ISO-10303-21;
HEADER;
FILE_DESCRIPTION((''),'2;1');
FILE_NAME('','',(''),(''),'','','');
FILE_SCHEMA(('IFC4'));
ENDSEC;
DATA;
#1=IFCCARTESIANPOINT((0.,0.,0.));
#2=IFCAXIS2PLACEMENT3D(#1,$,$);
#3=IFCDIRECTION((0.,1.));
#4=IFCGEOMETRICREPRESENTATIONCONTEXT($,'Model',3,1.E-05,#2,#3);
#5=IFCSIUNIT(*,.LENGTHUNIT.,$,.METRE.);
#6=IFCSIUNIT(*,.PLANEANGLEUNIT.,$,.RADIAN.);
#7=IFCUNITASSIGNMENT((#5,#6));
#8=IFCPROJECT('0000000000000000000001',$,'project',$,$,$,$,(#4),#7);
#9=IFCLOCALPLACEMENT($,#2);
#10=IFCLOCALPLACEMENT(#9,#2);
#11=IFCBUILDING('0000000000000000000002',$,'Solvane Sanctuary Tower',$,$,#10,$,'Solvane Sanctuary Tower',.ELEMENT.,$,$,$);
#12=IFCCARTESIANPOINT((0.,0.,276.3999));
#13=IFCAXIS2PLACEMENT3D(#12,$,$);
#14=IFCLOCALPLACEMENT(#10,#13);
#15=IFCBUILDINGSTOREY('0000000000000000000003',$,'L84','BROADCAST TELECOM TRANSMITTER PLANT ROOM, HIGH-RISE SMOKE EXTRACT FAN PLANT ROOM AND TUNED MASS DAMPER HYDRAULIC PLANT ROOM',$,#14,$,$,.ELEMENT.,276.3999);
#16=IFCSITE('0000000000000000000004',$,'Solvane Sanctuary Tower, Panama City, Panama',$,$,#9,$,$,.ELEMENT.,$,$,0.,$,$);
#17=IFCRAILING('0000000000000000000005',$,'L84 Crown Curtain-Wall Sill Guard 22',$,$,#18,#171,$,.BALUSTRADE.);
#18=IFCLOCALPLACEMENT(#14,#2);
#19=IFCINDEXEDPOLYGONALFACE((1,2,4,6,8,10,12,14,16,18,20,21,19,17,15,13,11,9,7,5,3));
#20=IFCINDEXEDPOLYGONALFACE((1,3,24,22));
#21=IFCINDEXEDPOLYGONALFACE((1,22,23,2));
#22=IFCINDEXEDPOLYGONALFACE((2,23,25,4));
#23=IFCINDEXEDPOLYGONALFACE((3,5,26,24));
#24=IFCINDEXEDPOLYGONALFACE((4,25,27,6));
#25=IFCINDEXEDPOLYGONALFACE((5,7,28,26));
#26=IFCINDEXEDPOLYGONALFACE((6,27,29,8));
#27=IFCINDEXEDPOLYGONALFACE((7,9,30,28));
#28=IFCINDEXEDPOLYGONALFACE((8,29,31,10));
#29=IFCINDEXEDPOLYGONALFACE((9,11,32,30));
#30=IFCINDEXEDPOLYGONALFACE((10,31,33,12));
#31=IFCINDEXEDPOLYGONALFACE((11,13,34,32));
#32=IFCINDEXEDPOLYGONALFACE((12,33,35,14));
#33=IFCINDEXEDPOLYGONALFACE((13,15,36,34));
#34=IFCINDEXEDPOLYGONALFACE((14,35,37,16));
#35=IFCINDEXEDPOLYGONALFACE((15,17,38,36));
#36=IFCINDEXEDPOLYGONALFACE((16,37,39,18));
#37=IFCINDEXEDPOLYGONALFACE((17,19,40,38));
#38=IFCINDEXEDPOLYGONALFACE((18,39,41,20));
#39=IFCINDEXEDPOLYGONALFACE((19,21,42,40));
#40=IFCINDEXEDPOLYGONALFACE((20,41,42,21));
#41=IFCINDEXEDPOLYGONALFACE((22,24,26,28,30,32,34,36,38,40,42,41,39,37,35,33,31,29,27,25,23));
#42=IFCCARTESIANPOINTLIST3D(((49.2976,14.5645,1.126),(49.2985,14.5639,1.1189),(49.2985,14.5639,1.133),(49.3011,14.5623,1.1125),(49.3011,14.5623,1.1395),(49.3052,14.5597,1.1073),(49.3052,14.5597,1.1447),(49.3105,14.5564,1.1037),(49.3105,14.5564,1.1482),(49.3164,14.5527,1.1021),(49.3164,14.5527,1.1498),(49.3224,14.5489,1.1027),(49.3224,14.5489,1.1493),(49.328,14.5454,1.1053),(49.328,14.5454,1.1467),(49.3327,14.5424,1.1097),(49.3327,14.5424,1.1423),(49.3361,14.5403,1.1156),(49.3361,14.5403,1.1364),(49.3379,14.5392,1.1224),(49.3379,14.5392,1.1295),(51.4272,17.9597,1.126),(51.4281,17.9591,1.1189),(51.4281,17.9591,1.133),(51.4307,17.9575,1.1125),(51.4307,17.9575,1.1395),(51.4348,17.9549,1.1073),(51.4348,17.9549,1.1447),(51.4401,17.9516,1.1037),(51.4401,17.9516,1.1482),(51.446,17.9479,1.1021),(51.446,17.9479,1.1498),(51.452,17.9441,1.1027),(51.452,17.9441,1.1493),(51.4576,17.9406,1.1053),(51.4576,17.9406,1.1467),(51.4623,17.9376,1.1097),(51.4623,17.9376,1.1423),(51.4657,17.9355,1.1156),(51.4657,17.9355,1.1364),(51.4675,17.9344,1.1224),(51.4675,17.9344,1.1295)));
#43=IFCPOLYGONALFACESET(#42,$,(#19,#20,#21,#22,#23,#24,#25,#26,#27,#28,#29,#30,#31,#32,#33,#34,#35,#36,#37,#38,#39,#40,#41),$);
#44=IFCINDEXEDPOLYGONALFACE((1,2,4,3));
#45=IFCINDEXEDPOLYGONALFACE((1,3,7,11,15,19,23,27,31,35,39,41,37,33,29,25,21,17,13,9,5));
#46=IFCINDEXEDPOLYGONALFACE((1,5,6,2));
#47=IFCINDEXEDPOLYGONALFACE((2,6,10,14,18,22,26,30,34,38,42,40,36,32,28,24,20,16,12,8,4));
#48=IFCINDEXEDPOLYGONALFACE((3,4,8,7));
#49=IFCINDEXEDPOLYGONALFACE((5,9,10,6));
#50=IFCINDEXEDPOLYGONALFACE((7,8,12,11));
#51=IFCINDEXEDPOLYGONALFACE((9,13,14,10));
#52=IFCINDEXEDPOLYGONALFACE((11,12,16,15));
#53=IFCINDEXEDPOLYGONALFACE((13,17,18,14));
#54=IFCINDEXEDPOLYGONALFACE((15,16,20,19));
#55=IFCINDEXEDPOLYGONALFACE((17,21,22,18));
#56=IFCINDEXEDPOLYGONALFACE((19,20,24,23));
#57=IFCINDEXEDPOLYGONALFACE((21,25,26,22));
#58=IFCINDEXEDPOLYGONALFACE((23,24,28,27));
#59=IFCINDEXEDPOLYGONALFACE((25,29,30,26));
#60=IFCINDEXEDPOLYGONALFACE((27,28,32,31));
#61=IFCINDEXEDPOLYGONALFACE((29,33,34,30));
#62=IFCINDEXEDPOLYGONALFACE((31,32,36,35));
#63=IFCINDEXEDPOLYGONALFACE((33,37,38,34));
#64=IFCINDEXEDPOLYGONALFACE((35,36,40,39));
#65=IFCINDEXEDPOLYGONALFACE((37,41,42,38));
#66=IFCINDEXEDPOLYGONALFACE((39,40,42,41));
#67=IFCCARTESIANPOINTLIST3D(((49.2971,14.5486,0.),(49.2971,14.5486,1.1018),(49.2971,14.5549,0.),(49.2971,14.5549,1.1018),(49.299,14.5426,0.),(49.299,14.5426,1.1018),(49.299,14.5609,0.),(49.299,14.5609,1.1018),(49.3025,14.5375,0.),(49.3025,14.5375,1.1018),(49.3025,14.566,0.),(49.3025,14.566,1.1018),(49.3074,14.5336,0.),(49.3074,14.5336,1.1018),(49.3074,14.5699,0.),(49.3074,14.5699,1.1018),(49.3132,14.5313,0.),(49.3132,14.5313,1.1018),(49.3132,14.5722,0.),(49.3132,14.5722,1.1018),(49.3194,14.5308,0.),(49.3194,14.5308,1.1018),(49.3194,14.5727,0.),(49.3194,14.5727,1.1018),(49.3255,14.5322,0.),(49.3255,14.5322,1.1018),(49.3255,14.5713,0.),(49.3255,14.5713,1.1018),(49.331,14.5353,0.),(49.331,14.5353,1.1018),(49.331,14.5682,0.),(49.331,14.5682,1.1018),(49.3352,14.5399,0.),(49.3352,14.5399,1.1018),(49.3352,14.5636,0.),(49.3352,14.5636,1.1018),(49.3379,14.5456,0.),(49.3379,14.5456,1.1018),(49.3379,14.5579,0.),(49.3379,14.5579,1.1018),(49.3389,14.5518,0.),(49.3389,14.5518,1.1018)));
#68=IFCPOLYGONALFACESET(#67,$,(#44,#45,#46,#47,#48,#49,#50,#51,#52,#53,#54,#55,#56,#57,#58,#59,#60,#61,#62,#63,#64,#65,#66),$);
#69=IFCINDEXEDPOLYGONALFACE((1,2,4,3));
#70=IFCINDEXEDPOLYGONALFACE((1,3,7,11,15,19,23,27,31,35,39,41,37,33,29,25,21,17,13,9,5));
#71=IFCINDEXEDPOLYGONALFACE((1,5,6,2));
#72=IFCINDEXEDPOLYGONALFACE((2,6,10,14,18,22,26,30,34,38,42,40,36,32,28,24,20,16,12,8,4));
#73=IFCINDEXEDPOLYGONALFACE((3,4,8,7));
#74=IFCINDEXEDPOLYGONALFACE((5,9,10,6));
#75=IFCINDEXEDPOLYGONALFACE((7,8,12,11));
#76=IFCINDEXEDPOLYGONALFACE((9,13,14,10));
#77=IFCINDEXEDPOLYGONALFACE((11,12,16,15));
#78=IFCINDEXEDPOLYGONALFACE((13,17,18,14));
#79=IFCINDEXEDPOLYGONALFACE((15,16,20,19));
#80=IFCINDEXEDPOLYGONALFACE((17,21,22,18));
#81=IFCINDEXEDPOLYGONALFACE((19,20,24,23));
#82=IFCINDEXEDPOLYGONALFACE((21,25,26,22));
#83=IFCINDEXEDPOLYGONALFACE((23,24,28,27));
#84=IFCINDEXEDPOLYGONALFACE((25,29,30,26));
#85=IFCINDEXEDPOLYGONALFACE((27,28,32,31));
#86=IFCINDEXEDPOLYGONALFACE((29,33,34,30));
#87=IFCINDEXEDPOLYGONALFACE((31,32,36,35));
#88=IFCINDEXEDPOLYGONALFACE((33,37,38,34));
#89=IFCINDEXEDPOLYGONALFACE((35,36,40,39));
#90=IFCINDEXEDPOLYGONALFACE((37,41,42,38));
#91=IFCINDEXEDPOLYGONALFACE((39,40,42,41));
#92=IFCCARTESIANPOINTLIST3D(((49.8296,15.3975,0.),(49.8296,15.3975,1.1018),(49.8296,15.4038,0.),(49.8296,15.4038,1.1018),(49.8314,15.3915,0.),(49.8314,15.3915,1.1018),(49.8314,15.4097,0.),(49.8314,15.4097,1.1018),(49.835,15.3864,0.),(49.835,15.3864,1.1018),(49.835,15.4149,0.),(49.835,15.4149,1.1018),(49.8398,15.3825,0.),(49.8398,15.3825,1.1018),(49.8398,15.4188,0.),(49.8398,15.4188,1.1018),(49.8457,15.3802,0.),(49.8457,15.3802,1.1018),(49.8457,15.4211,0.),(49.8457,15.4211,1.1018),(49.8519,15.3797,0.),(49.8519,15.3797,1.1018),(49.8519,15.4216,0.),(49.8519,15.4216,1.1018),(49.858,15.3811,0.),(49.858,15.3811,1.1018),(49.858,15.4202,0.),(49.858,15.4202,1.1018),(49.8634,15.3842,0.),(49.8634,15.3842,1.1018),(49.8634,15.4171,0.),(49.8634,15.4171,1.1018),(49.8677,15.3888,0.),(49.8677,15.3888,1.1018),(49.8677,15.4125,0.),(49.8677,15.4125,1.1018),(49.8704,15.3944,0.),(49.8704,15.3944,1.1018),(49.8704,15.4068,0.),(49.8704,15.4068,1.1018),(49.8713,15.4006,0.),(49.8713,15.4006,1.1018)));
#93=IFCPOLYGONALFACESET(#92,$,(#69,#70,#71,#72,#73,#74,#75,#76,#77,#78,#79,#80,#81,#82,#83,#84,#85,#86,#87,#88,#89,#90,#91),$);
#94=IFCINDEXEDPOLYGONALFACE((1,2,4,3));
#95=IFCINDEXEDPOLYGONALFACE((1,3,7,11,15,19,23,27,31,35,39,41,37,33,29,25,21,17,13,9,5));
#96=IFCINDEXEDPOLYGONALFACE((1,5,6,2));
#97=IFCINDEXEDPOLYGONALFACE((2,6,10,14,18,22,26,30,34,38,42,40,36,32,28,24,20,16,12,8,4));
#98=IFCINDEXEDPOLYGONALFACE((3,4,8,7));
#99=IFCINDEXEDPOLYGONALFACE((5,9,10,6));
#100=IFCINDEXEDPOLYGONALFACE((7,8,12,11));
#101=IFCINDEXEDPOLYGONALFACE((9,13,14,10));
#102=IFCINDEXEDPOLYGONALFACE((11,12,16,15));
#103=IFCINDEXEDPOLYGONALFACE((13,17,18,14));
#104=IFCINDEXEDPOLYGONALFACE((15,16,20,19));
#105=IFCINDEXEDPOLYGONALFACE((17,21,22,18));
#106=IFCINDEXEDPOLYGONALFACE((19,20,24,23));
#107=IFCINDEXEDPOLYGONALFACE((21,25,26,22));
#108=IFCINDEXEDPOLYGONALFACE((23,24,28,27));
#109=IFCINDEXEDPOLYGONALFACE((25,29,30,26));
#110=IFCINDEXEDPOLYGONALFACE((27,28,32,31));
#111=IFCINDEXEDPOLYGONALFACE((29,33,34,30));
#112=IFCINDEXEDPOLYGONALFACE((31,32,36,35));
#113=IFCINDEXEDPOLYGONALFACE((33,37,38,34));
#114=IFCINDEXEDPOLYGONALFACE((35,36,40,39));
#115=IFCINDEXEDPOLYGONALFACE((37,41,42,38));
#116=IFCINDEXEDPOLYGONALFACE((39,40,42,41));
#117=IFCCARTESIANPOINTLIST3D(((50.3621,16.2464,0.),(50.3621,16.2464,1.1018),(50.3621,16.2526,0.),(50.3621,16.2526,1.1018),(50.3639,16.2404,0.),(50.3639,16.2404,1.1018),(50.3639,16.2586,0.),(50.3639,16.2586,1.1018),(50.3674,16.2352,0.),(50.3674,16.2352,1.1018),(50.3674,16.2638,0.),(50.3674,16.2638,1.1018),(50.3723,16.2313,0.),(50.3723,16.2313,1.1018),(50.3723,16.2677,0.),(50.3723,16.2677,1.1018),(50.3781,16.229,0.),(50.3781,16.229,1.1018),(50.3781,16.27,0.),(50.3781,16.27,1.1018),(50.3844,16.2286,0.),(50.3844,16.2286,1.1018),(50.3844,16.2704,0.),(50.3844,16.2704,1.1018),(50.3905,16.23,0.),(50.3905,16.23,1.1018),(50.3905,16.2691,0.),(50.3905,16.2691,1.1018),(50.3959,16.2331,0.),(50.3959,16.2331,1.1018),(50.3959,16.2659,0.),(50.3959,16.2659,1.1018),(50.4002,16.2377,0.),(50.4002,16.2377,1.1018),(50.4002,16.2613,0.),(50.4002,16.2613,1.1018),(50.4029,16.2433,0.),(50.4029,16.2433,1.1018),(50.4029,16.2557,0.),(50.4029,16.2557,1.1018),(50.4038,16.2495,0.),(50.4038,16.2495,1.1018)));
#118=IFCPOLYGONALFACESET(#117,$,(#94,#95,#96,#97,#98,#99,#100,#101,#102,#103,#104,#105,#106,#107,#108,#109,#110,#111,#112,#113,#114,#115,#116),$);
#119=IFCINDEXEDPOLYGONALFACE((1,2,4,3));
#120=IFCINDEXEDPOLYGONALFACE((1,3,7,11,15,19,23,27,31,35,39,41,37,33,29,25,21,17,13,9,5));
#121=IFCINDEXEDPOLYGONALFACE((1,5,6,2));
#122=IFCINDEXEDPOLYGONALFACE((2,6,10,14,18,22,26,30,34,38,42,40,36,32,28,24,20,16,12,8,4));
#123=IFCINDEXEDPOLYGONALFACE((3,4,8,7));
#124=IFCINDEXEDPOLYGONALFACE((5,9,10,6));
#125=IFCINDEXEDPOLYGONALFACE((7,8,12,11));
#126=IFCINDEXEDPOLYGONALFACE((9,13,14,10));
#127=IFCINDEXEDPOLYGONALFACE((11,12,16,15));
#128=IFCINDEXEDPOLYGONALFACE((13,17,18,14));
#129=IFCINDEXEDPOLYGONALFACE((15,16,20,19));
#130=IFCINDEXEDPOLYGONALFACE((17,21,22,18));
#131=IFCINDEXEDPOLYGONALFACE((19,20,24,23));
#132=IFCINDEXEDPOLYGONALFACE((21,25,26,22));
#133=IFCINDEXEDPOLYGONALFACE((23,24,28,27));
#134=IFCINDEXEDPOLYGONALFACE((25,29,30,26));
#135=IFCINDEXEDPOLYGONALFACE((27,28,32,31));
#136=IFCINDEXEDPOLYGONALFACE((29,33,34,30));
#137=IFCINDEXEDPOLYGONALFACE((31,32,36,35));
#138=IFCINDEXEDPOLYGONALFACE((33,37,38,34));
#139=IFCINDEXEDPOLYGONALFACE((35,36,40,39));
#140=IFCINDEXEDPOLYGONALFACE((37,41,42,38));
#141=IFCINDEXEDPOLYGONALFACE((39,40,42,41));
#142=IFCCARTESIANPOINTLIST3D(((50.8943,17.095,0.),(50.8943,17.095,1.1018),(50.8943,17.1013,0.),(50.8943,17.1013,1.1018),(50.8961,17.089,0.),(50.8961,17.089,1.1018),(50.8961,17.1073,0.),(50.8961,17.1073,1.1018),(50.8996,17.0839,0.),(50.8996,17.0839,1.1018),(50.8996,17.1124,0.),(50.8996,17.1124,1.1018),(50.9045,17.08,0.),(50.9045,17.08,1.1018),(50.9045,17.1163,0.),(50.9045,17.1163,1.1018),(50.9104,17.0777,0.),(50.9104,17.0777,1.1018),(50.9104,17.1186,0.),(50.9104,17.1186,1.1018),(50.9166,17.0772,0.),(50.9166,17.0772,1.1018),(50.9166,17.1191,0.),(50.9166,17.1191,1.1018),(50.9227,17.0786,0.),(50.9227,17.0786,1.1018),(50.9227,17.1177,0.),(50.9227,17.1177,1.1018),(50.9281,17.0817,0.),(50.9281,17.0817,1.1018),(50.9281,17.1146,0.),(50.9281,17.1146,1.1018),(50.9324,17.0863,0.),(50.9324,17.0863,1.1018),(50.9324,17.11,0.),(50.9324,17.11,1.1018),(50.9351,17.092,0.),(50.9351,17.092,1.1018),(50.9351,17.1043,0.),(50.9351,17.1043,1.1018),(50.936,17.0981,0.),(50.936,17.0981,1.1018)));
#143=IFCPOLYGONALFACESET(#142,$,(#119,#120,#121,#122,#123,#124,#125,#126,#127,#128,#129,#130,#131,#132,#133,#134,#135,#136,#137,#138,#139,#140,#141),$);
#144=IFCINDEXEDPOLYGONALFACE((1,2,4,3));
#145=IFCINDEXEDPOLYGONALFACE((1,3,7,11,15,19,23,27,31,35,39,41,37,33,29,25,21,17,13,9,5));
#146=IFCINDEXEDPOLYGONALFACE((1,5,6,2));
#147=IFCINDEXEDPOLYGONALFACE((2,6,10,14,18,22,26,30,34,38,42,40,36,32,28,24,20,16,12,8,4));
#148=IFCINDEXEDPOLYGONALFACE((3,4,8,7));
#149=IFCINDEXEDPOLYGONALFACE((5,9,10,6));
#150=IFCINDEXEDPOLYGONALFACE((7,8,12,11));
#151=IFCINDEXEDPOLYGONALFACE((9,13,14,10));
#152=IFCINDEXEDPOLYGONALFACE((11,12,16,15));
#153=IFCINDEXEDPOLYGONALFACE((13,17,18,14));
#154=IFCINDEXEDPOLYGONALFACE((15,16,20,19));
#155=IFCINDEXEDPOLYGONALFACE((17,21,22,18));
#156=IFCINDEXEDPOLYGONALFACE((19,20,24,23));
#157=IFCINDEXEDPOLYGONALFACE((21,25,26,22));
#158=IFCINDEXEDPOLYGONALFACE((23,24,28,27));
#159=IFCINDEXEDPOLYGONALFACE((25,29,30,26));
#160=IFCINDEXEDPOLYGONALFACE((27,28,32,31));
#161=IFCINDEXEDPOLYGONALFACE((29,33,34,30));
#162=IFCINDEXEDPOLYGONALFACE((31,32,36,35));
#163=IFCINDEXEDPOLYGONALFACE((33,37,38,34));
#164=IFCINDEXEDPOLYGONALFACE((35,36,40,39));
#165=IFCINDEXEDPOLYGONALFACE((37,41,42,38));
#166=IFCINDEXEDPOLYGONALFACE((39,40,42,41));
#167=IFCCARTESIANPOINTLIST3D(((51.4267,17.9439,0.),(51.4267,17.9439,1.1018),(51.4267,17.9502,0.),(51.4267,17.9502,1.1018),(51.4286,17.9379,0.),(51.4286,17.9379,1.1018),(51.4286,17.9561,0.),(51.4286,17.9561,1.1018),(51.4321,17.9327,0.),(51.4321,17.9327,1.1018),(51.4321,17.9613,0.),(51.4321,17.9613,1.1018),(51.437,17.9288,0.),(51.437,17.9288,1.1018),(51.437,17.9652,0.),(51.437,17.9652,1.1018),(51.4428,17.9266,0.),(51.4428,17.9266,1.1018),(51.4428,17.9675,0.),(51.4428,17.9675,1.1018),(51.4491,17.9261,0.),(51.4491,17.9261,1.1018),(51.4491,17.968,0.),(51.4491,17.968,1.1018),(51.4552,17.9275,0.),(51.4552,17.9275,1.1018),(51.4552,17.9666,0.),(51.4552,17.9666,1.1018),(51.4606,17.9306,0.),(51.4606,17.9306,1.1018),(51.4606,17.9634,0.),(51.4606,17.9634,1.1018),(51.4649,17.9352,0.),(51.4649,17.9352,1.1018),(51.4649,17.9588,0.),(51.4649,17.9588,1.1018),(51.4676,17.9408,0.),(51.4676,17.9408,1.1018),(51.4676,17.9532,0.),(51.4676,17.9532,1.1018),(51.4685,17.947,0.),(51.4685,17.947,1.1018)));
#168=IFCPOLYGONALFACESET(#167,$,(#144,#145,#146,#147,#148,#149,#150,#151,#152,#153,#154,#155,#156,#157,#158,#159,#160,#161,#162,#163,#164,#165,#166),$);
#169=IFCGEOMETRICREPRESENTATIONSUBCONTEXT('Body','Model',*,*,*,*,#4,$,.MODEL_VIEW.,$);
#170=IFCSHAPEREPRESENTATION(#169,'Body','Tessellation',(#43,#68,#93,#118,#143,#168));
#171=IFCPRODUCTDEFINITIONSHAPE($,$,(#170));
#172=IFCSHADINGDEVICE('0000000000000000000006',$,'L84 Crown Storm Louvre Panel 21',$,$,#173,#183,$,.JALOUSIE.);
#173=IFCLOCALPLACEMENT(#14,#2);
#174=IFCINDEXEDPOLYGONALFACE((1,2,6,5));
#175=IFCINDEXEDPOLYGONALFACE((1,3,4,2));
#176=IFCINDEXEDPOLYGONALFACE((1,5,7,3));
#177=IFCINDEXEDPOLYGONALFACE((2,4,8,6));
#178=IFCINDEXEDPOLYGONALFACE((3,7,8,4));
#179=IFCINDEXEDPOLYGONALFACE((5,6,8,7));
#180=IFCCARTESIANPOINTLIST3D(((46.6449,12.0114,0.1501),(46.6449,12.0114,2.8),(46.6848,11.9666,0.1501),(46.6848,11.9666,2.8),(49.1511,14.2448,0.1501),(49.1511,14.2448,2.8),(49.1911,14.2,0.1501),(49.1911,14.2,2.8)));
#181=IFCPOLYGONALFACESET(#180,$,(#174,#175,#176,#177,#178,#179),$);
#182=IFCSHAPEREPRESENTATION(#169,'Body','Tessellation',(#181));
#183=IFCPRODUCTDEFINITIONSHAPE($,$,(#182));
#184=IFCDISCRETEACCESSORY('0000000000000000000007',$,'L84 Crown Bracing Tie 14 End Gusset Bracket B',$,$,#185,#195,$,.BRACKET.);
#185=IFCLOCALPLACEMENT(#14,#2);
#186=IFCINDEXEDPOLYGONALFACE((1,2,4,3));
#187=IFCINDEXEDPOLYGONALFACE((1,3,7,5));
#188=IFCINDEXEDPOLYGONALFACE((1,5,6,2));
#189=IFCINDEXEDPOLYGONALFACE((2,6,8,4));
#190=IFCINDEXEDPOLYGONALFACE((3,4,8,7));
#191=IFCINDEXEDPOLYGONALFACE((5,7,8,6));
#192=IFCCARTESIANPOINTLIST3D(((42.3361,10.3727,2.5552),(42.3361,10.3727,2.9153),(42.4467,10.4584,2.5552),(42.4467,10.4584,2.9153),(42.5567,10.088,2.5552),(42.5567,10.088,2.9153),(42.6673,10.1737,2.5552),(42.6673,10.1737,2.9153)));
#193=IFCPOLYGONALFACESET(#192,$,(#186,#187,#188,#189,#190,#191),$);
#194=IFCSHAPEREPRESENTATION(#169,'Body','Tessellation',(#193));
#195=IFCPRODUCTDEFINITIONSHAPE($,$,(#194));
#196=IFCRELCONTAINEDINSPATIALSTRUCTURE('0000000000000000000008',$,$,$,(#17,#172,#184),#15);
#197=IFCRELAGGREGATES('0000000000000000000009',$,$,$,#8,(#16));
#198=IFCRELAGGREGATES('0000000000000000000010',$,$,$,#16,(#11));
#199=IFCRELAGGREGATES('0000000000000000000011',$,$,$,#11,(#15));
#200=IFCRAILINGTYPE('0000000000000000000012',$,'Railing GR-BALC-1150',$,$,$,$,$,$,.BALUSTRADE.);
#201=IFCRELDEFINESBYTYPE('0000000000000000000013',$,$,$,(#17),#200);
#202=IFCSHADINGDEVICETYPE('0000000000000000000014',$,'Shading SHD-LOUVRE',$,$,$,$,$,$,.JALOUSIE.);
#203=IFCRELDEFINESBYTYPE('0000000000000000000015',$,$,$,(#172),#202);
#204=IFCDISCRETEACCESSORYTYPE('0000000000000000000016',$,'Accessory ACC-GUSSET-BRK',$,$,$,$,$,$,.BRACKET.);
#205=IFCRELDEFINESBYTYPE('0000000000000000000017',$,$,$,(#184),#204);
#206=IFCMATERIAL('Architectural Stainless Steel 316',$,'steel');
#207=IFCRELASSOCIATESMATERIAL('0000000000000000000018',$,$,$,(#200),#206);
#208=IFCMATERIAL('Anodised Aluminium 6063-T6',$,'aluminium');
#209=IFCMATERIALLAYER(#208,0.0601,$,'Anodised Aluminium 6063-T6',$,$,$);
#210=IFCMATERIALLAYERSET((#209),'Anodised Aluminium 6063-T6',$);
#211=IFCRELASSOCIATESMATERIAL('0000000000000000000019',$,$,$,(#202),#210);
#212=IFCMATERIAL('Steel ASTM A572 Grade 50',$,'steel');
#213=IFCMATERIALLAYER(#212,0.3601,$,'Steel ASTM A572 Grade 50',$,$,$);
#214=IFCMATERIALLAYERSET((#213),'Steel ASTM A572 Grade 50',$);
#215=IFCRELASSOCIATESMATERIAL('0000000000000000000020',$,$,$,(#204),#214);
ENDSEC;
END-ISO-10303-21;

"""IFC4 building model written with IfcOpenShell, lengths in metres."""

from ifc_helpers import new_model, si_unit, direction, frame, origin, origin_2d, place, context, subcontext, project, spatial, rectangle, circle, extrude, material, layer, layer_set, type_object, element, save


model = new_model("IFC4")

# Units and contexts
model_context = context("Model", 3, precision=1e-05, world=origin(), true_north=direction((0.0, 1.0)))
body_context = subcontext(model_context, "Body", "Model", "MODEL_VIEW")
ifc_project = project(units=[si_unit("LENGTHUNIT", "METRE"), si_unit("PLANEANGLEUNIT", "RADIAN")], contexts=[model_context])

# Site, building, storey
site_placement = place(None, origin())
site = spatial("IfcSite", under=ifc_project, at=site_placement, Name="Solvane Sanctuary Tower, Panama City, Panama", CompositionType="ELEMENT", RefElevation=0.0)
building_placement = place(site_placement, origin())
building = spatial("IfcBuilding", under=site, at=building_placement, Name="Solvane Sanctuary Tower", LongName="Solvane Sanctuary Tower", CompositionType="ELEMENT")
storey_placement = place(building_placement, frame((0.0, 0.0, 276.3999)))
storey = spatial("IfcBuildingStorey", under=building, at=storey_placement, Name="L84", Description="BROADCAST TELECOM TRANSMITTER PLANT ROOM, HIGH-RISE SMOKE EXTRACT FAN PLANT ROOM AND TUNED MASS DAMPER HYDRAULIC PLANT ROOM", CompositionType="ELEMENT", Elevation=276.3999)

# Shared definitions
ifc_material_1 = material(Name="Anodised Aluminium 6063-T6", Category="aluminium")

# Railing
ifc_material_2 = material(Name="Architectural Stainless Steel 316", Category="steel")
railing_type = type_object("IfcRailingType", Name="Railing GR-BALC-1150", PredefinedType="BALUSTRADE", material=ifc_material_2)
railing_1_placement = place(storey_placement, frame((49.3179, 14.5518, 0.0)))
element("IfcRailing", 1, at=railing_1_placement, inside=storey, type_object=railing_type, Name="L84 Crown Curtain-Wall Sill Guard 22", PredefinedType="BALUSTRADE", context=body_context, shape_type="SweptSolid", body=[
    extrude(circle(Radius=0.0239, at=origin_2d()), frame((0.0, 0.0, 1.126), z_axis=(0.531362, 0.847145, 0.0), x_axis=(-0.847145, 0.531362, 0.0)), (0.0, 0.0, 1.0), 4.0078),
    extrude(circle(Radius=0.021, at=origin_2d()), origin(), (0.0, 0.0, 1.0), 1.1018),
    extrude(circle(Radius=0.021, at=origin_2d()), frame((0.5325, 0.8489, 0.0)), (0.0, 0.0, 1.0), 1.1018),
    extrude(circle(Radius=0.021, at=origin_2d()), frame((1.0649, 1.6978, 0.0)), (0.0, 0.0, 1.0), 1.1018),
    extrude(circle(Radius=0.021, at=origin_2d()), frame((1.5972, 2.5464, 0.0)), (0.0, 0.0, 1.0), 1.1018),
    extrude(circle(Radius=0.021, at=origin_2d()), frame((2.1296, 3.3953, 0.0)), (0.0, 0.0, 1.0), 1.1018),
])

# Shading device
ifc_layer_1 = layer(ifc_material_1, 0.0601, Name="Anodised Aluminium 6063-T6")
ifc_layer_set_1 = layer_set([ifc_layer_1], Name="Anodised Aluminium 6063-T6")
shading_device_type = type_object("IfcShadingDeviceType", Name="Shading SHD-LOUVRE", PredefinedType="JALOUSIE", material=ifc_layer_set_1)
shading_device_placement = place(storey_placement, frame((47.918, 13.1057, 0.1501), z_axis=(0.0, 0.0, 1.0), x_axis=(0.746577, 0.665299, 0.0)))
element("IfcShadingDevice", 2, at=shading_device_placement, inside=storey, type_object=shading_device_type, Name="L84 Crown Storm Louvre Panel 21", PredefinedType="JALOUSIE", context=body_context, shape_type="SweptSolid", body=[
    extrude(rectangle(XDim=3.3569, YDim=0.0601, at=origin_2d()), origin(), (0.0, 0.0, 1.0), 2.6499),
])

# Discrete accessory
ifc_material_3 = material(Name="Steel ASTM A572 Grade 50", Category="steel")
ifc_layer_2 = layer(ifc_material_3, 0.3601, Name="Steel ASTM A572 Grade 50")
ifc_layer_set_2 = layer_set([ifc_layer_2], Name="Steel ASTM A572 Grade 50")
discrete_accessory_type = type_object("IfcDiscreteAccessoryType", Name="Accessory ACC-GUSSET-BRK", PredefinedType="BRACKET", material=ifc_layer_set_2)
discrete_accessory_placement = place(storey_placement, frame((42.5017, 10.2732, 2.5552), z_axis=(0.0, 0.0, 1.0), x_axis=(0.612493, -0.790476, 0.0)))
element("IfcDiscreteAccessory", 3, at=discrete_accessory_placement, inside=storey, type_object=discrete_accessory_type, Name="L84 Crown Bracing Tie 14 End Gusset Bracket B", PredefinedType="BRACKET", context=body_context, shape_type="SweptSolid", body=[
    extrude(rectangle(XDim=0.3601, YDim=0.1399, at=origin_2d()), origin(), (0.0, 0.0, 1.0), 0.3601),
])

save(model, "model.ifc")
